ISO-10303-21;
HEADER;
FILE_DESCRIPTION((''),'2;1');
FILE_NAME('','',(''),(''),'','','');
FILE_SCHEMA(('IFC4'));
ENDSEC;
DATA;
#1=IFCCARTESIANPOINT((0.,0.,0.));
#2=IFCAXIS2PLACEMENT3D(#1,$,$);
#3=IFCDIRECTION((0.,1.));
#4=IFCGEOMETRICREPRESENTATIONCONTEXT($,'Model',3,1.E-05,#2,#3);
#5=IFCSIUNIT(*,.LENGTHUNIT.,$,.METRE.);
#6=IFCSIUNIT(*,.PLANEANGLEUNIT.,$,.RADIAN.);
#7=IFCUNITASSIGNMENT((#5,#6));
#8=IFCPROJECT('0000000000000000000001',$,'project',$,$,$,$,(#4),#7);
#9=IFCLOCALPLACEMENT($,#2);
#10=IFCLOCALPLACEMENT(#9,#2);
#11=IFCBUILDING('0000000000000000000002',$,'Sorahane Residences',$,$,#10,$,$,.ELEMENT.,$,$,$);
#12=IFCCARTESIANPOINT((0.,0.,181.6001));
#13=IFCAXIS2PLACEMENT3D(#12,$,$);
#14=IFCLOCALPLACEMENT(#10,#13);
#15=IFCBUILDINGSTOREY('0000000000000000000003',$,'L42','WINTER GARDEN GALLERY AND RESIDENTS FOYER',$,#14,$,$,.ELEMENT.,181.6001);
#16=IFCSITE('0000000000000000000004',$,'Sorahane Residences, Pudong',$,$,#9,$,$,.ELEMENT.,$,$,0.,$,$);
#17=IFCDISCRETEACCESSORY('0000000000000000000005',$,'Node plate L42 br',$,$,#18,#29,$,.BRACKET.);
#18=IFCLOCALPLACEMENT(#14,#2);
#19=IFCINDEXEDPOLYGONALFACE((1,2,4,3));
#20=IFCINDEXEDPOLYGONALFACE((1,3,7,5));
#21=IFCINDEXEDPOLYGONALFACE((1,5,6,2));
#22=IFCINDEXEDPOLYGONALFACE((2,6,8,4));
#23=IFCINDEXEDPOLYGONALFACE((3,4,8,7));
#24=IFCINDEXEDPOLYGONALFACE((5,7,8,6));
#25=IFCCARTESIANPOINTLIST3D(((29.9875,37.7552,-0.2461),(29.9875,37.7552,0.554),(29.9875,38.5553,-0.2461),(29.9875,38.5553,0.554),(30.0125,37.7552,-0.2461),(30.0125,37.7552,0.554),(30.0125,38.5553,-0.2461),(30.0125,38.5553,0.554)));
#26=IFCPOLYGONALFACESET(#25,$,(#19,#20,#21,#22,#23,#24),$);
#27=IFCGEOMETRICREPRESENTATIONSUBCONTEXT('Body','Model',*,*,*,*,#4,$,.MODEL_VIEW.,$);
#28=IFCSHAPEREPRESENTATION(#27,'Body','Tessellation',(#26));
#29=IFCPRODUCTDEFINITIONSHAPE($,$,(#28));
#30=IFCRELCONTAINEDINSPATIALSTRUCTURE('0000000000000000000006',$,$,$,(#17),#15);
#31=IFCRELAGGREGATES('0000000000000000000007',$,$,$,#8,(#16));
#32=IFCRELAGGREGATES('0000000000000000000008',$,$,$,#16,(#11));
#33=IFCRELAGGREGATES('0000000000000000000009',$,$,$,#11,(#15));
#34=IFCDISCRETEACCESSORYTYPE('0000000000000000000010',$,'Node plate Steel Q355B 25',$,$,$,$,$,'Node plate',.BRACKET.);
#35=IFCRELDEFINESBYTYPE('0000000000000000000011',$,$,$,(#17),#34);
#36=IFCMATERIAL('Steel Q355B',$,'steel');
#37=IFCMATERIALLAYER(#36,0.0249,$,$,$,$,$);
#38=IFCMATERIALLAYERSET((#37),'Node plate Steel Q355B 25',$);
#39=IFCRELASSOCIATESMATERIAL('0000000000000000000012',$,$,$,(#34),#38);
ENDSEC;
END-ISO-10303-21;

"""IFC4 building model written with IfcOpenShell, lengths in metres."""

from ifc_helpers import new_model, si_unit, direction, frame, origin, origin_2d, place, context, subcontext, project, spatial, rectangle, extrude, material, layer, layer_set, type_object, element, save


model = new_model("IFC4")

# Units and contexts
model_context = context("Model", 3, precision=1e-05, world=origin(), true_north=direction((0.0, 1.0)))
body_context = subcontext(model_context, "Body", "Model", "MODEL_VIEW")
ifc_project = project(units=[si_unit("LENGTHUNIT", "METRE"), si_unit("PLANEANGLEUNIT", "RADIAN")], contexts=[model_context])

# Site, building, storey
site_placement = place(None, origin())
site = spatial("IfcSite", under=ifc_project, at=site_placement, Name="Sorahane Residences, Pudong", CompositionType="ELEMENT", RefElevation=0.0)
building_placement = place(site_placement, origin())
building = spatial("IfcBuilding", under=site, at=building_placement, Name="Sorahane Residences", CompositionType="ELEMENT")
storey_placement = place(building_placement, frame((0.0, 0.0, 181.6001)))
storey = spatial("IfcBuildingStorey", under=building, at=storey_placement, Name="L42", Description="WINTER GARDEN GALLERY AND RESIDENTS FOYER", CompositionType="ELEMENT", Elevation=181.6001)

# Discrete accessory
ifc_material_1 = material(Name="Steel Q355B", Category="steel")
ifc_layer_1 = layer(ifc_material_1, 0.0249)
ifc_layer_set_1 = layer_set([ifc_layer_1], Name="Node plate Steel Q355B 25")
discrete_accessory_type = type_object("IfcDiscreteAccessoryType", Name="Node plate Steel Q355B 25", ElementType="Node plate", PredefinedType="BRACKET", material=ifc_layer_set_1)
discrete_accessory_placement = place(storey_placement, frame((30.0, 38.1553, -0.2461), z_axis=(0.0, 0.0, 1.0), x_axis=(0.0, 1.0, 0.0)))
element("IfcDiscreteAccessory", 1, at=discrete_accessory_placement, inside=storey, type_object=discrete_accessory_type, Name="Node plate L42 br", PredefinedType="BRACKET", context=body_context, shape_type="SweptSolid", body=[
    extrude(rectangle(XDim=0.8, YDim=0.0249, at=origin_2d()), origin(), (0.0, 0.0, 1.0), 0.8),
])

save(model, "model.ifc")
